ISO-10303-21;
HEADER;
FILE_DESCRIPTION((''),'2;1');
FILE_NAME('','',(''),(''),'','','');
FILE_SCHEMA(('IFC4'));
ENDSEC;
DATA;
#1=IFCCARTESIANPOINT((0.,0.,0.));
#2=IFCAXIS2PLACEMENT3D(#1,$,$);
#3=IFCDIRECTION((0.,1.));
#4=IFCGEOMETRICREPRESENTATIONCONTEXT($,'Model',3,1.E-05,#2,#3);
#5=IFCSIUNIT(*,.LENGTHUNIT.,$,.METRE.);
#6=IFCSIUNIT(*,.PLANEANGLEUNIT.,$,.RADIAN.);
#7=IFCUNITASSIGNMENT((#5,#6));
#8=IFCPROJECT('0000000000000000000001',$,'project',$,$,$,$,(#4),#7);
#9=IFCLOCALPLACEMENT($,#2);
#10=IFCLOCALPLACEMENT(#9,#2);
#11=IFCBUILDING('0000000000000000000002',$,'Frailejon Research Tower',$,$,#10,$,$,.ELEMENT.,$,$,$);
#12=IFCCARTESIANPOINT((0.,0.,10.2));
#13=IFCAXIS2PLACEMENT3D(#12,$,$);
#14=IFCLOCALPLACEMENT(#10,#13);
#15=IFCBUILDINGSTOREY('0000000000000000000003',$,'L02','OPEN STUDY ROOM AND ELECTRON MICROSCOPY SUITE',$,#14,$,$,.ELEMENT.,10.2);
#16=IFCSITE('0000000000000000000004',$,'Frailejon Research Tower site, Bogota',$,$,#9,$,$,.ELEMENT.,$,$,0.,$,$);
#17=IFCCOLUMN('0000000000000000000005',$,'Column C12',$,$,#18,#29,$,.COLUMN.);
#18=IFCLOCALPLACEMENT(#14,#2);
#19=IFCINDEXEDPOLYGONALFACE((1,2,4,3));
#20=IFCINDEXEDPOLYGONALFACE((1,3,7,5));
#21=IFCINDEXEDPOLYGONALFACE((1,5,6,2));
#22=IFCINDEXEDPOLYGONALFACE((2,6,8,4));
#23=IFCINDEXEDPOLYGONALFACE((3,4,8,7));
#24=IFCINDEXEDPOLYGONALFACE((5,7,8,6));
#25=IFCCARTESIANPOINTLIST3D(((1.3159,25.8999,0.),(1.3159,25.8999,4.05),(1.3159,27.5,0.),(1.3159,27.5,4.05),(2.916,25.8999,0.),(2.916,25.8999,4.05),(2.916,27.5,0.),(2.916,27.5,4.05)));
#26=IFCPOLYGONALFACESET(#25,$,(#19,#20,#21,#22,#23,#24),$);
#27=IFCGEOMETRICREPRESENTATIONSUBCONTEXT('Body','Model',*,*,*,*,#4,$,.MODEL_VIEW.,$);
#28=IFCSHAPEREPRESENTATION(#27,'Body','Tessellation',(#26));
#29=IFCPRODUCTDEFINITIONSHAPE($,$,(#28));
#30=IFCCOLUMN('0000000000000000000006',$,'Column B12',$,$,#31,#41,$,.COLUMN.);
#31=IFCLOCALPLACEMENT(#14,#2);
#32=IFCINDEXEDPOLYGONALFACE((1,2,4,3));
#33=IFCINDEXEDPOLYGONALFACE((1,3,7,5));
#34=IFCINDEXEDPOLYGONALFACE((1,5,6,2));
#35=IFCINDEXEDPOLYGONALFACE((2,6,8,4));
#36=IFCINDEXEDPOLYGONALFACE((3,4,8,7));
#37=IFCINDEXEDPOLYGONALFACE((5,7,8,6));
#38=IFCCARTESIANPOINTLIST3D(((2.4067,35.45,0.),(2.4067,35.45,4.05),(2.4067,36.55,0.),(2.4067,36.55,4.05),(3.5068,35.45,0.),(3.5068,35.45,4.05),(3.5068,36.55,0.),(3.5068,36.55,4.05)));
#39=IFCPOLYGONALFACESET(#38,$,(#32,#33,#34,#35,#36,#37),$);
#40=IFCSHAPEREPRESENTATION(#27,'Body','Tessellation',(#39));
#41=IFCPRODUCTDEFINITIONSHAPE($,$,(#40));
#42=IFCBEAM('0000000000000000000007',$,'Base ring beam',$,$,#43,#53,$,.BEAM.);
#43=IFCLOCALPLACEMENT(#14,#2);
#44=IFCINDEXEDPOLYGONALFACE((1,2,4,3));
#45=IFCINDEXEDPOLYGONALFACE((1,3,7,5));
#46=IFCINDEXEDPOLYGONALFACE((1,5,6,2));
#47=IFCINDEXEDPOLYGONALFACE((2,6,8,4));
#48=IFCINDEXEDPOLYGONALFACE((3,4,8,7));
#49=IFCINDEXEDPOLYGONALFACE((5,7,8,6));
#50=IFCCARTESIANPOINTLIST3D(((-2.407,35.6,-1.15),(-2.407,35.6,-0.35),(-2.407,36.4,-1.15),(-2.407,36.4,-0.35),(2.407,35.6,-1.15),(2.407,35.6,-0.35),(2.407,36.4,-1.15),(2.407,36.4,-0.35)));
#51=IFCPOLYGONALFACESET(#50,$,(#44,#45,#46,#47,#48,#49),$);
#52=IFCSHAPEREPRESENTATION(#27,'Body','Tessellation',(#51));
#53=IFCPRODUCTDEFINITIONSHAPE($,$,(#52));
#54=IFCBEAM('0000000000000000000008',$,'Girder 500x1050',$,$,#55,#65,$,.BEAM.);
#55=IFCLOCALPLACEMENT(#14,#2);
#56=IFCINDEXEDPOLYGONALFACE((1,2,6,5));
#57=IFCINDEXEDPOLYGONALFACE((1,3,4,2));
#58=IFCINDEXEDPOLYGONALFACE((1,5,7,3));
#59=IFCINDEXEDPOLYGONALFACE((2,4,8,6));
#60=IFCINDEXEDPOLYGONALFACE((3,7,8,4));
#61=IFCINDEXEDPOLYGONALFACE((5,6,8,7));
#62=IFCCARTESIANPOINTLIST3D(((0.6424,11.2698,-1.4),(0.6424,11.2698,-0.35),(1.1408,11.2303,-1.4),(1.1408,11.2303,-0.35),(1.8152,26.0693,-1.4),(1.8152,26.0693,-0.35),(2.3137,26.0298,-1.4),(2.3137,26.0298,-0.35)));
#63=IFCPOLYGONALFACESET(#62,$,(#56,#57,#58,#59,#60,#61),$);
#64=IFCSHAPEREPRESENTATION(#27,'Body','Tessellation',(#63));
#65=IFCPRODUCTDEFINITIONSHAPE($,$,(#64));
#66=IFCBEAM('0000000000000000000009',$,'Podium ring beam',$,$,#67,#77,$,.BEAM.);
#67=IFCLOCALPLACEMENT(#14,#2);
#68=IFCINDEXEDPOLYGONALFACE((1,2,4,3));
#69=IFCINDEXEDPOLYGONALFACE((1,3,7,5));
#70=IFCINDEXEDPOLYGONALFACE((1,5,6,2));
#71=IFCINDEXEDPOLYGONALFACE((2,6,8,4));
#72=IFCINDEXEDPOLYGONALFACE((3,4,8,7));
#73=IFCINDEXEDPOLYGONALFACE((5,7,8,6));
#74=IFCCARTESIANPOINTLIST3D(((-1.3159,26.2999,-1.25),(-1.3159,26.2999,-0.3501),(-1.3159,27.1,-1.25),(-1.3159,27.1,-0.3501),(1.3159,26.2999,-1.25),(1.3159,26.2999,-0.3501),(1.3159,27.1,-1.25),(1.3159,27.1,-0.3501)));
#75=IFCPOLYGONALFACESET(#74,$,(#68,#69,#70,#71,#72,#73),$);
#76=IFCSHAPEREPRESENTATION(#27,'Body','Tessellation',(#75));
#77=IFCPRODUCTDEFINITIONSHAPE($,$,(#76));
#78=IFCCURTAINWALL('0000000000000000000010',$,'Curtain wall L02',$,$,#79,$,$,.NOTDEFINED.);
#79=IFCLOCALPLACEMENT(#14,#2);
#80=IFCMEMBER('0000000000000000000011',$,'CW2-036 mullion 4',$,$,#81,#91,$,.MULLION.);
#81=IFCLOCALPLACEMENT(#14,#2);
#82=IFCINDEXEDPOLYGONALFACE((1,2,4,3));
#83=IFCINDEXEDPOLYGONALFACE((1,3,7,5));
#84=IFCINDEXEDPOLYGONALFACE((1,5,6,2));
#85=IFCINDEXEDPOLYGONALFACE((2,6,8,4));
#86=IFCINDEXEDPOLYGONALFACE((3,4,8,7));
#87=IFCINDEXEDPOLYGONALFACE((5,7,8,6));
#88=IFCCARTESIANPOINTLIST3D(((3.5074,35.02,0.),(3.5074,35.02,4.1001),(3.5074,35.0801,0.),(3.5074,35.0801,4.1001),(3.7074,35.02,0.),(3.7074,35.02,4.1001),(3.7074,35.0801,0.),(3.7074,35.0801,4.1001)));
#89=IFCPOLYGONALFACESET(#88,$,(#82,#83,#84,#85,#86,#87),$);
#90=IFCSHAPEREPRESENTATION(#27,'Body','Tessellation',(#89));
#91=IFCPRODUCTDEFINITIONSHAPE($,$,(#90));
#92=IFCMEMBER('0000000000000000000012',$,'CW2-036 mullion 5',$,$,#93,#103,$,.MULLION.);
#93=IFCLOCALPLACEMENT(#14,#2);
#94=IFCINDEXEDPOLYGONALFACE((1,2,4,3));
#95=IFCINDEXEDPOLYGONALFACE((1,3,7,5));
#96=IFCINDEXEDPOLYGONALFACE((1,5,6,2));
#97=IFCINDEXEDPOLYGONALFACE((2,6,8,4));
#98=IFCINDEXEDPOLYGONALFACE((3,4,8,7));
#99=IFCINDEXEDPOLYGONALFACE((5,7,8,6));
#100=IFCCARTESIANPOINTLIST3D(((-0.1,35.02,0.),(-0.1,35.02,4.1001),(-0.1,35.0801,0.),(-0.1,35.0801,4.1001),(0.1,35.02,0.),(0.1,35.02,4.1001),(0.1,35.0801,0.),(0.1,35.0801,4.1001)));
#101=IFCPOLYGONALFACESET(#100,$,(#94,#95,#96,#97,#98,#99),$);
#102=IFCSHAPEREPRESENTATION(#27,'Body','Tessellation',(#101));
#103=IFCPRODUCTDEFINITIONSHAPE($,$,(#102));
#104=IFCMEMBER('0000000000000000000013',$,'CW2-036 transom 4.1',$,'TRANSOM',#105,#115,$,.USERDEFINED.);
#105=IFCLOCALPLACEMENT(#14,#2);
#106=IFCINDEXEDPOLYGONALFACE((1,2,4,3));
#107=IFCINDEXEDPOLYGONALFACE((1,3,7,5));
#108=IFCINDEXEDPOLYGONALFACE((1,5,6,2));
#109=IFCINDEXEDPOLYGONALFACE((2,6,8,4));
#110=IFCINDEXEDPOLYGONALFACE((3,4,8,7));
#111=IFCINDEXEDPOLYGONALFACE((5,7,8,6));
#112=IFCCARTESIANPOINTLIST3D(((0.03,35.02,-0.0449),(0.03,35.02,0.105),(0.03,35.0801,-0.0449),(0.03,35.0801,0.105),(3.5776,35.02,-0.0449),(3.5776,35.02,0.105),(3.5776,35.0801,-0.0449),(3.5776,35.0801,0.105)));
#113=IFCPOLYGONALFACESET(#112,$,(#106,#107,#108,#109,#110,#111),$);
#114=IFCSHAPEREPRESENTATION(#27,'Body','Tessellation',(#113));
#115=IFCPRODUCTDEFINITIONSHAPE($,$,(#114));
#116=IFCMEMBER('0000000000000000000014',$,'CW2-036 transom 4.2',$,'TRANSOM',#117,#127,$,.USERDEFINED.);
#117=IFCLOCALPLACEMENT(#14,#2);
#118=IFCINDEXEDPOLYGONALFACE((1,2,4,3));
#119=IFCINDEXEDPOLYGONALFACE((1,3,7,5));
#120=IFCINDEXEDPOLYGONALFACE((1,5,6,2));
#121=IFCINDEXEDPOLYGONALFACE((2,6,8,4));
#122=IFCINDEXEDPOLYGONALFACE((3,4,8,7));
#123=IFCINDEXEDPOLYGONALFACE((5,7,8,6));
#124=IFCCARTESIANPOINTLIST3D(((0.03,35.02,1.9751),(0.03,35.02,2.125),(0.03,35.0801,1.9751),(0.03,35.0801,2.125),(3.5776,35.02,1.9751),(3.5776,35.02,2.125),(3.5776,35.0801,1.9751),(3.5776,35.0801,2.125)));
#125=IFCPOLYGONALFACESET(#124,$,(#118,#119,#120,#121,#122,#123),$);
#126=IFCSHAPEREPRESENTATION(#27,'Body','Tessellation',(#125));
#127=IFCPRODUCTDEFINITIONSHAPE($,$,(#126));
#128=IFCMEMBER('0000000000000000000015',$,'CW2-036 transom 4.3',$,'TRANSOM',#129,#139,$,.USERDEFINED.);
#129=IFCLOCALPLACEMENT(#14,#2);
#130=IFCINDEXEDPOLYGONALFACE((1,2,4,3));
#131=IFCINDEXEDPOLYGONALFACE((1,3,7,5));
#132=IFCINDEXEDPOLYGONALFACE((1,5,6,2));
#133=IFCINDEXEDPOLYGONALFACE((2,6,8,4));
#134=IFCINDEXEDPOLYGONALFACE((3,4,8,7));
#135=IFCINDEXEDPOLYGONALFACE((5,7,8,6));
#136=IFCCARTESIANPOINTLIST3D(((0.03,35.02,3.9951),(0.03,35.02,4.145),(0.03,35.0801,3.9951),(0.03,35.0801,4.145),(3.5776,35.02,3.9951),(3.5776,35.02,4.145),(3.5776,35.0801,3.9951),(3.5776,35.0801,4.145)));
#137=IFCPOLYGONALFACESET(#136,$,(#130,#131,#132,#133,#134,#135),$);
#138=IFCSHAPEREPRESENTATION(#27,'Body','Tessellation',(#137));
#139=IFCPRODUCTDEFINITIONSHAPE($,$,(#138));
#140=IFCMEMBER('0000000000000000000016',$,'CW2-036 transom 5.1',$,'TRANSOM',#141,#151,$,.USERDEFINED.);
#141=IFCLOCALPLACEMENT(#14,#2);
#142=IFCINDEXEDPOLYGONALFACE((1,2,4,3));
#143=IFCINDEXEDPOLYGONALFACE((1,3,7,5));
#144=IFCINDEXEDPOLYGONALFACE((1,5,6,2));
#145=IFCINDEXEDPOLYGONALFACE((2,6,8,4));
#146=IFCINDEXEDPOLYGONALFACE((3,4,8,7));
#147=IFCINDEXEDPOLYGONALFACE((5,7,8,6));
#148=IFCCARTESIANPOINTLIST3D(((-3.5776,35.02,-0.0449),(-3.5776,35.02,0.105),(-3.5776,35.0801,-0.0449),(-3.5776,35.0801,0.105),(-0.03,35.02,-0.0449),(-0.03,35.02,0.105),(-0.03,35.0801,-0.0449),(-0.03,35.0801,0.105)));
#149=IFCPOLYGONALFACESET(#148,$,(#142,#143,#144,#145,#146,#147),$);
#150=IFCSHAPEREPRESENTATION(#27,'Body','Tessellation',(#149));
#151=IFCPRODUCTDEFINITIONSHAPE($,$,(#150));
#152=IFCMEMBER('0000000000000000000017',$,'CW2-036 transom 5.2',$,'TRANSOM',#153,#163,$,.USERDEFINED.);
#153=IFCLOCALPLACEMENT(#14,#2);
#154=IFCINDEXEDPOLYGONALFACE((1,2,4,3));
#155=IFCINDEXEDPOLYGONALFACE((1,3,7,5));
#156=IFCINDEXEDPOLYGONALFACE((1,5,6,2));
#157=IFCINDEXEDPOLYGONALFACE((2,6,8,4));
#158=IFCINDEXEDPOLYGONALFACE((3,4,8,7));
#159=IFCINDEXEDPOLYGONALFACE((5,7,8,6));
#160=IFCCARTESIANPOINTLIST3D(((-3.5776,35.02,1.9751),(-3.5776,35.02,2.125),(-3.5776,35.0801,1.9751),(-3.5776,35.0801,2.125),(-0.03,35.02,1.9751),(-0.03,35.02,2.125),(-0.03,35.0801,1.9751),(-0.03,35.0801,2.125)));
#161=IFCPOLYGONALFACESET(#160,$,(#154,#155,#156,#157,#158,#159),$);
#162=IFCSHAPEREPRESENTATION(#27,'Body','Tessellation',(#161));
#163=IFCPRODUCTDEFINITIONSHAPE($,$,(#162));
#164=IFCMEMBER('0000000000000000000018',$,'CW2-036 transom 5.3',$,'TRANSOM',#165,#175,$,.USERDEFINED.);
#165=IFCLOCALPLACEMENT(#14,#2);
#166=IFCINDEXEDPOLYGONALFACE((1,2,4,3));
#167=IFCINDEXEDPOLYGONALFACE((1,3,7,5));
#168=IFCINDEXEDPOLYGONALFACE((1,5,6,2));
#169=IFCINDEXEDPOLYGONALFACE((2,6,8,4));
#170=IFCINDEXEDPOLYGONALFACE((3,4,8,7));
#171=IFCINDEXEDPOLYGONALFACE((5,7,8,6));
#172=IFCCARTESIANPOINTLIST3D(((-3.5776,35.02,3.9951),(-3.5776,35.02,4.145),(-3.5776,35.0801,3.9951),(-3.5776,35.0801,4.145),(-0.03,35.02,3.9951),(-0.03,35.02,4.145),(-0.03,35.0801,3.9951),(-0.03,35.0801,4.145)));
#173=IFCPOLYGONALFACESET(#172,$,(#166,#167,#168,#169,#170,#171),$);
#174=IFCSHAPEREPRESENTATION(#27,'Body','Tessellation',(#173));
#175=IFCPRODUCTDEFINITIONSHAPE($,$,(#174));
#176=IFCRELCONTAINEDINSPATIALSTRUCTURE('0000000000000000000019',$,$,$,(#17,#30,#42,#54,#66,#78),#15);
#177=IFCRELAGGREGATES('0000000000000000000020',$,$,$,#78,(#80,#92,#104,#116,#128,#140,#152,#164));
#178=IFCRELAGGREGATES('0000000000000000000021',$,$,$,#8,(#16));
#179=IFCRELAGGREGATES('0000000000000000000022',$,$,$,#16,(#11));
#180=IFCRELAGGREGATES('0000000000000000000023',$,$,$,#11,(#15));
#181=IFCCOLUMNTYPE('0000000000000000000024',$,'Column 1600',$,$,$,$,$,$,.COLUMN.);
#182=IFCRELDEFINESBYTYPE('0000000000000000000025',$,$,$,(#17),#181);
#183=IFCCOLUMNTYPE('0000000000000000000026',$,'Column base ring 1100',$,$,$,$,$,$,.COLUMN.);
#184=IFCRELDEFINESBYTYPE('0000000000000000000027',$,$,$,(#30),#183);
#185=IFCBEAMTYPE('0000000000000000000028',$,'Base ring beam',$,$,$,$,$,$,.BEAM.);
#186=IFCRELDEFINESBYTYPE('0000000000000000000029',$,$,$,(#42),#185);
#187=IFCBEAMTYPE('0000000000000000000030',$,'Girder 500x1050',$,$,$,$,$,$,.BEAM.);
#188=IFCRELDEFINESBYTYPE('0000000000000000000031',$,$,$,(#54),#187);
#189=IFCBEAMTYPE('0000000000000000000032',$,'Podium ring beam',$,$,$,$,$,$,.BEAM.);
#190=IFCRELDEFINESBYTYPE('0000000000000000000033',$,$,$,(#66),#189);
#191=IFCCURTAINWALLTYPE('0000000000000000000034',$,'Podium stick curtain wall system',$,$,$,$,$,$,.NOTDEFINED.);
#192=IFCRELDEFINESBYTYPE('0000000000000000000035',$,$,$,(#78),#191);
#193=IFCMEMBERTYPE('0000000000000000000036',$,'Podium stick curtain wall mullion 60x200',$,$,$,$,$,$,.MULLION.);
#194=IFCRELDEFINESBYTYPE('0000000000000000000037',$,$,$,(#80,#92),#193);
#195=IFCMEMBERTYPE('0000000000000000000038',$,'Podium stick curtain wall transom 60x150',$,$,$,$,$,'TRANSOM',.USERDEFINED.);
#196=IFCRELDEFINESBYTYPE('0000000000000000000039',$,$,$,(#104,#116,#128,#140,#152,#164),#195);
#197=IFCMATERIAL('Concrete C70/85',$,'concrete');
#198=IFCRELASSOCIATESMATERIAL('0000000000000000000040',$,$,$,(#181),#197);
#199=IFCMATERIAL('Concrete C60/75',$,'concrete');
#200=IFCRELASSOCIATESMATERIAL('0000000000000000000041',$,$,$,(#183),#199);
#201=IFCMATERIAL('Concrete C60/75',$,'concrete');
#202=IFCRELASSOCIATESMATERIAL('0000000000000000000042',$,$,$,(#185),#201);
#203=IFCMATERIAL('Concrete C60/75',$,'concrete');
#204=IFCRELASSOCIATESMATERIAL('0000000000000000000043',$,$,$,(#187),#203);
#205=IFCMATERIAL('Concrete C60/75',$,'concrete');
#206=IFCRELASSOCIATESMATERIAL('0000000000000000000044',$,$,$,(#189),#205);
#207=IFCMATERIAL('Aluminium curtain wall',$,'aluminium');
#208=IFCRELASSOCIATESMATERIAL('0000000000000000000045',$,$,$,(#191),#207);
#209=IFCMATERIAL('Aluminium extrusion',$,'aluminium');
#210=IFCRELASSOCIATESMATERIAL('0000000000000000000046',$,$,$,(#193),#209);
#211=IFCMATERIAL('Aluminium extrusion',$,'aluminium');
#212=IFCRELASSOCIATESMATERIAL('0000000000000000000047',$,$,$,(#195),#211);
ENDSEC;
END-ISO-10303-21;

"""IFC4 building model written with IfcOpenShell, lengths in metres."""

from ifc_helpers import new_model, si_unit, direction, frame, origin, origin_2d, place, context, subcontext, project, spatial, rectangle, extrude, material, material_profile, profile_set, type_object, element, aggregate, save


model = new_model("IFC4")

# Units and contexts
model_context = context("Model", 3, precision=1e-05, world=origin(), true_north=direction((0.0, 1.0)))
body_context = subcontext(model_context, "Body", "Model", "MODEL_VIEW")
ifc_project = project(units=[si_unit("LENGTHUNIT", "METRE"), si_unit("PLANEANGLEUNIT", "RADIAN")], contexts=[model_context])

# Site, building, storey
site_placement = place(None, origin())
site = spatial("IfcSite", under=ifc_project, at=site_placement, Name="Frailejon Research Tower site, Bogota", CompositionType="ELEMENT", RefElevation=0.0)
building_placement = place(site_placement, origin())
building = spatial("IfcBuilding", under=site, at=building_placement, Name="Frailejon Research Tower", CompositionType="ELEMENT")
storey_placement = place(building_placement, frame((0.0, 0.0, 10.2)))
storey = spatial("IfcBuildingStorey", under=building, at=storey_placement, Name="L02", Description="OPEN STUDY ROOM AND ELECTRON MICROSCOPY SUITE", CompositionType="ELEMENT", Elevation=10.2)

# Columns
ifc_material_1 = material(Name="Concrete C70/85", Category="concrete")
ifc_material_profile_1 = material_profile(ifc_material_1, rectangle(XDim=1.6001, YDim=1.6001, at=origin_2d()), Name="Column 1600")
ifc_profile_set_1 = profile_set([ifc_material_profile_1], Name="Concrete C70/85")
column_type_1 = type_object("IfcColumnType", Name="Column 1600", PredefinedType="COLUMN", material=ifc_profile_set_1)
column_1_placement = place(storey_placement, frame((2.116, 26.7, 0.0), z_axis=(0.0, 0.0, 1.0), x_axis=(-1.0, 0.0, 0.0)))
element("IfcColumn", 1, at=column_1_placement, inside=storey, type_object=column_type_1, Name="Column C12", PredefinedType="COLUMN", context=body_context, shape_type="SweptSolid", body=[
    extrude(rectangle(XDim=1.6001, YDim=1.6001, at=origin_2d()), origin(), (0.0, 0.0, 1.0), 4.05),
])
ifc_material_2 = material(Name="Concrete C60/75", Category="concrete")
ifc_material_profile_2 = material_profile(ifc_material_2, rectangle(XDim=1.1001, YDim=1.1001, at=origin_2d()), Name="Column base ring 1100")
ifc_profile_set_2 = profile_set([ifc_material_profile_2], Name="Concrete C60/75")
column_type_2 = type_object("IfcColumnType", Name="Column base ring 1100", PredefinedType="COLUMN", material=ifc_profile_set_2)
column_2_placement = place(storey_placement, frame((2.9568, 36.0, 0.0), z_axis=(0.0, 0.0, 1.0), x_axis=(-1.0, 0.0, 0.0)))
element("IfcColumn", 2, at=column_2_placement, inside=storey, type_object=column_type_2, Name="Column B12", PredefinedType="COLUMN", context=body_context, shape_type="SweptSolid", body=[
    extrude(rectangle(XDim=1.1001, YDim=1.1001, at=origin_2d()), origin(), (0.0, 0.0, 1.0), 4.05),
])

# Beams
ifc_material_3 = material(Name="Concrete C60/75", Category="concrete")
ifc_material_profile_3 = material_profile(ifc_material_3, rectangle(XDim=0.8, YDim=0.8, at=origin_2d()), Name="Base ring beam")
ifc_profile_set_3 = profile_set([ifc_material_profile_3], Name="Concrete C60/75")
beam_type_1 = type_object("IfcBeamType", Name="Base ring beam", PredefinedType="BEAM", material=ifc_profile_set_3)
beam_1_placement = place(storey_placement, frame((2.407, 36.0, -0.75), z_axis=(-1.0, 0.0, 0.0), x_axis=(0.0, -1.0, 0.0)))
element("IfcBeam", 3, at=beam_1_placement, inside=storey, type_object=beam_type_1, Name="Base ring beam", PredefinedType="BEAM", context=body_context, shape_type="SweptSolid", body=[
    extrude(rectangle(XDim=0.8, YDim=0.8, at=origin_2d()), origin(), (0.0, 0.0, 1.0), 4.814),
])
ifc_material_4 = material(Name="Concrete C60/75", Category="concrete")
ifc_material_profile_4 = material_profile(ifc_material_4, rectangle(XDim=0.5, YDim=1.05, at=origin_2d()), Name="Girder 500x1050")
ifc_profile_set_4 = profile_set([ifc_material_profile_4], Name="Concrete C60/75")
beam_type_2 = type_object("IfcBeamType", Name="Girder 500x1050", PredefinedType="BEAM", material=ifc_profile_set_4)
beam_2_placement = place(storey_placement, frame((2.0645, 26.0496, -0.875), z_axis=(-0.079001, -0.996875, 0.0), x_axis=(0.996875, -0.079001, 0.0)))
element("IfcBeam", 4, at=beam_2_placement, inside=storey, type_object=beam_type_2, Name="Girder 500x1050", PredefinedType="BEAM", context=body_context, shape_type="SweptSolid", body=[
    extrude(rectangle(XDim=0.5, YDim=1.05, at=origin_2d()), origin(), (0.0, 0.0, 1.0), 14.8459),
])
ifc_material_5 = material(Name="Concrete C60/75", Category="concrete")
ifc_material_profile_5 = material_profile(ifc_material_5, rectangle(XDim=0.8, YDim=0.8999, at=origin_2d()), Name="Podium ring beam")
ifc_profile_set_5 = profile_set([ifc_material_profile_5], Name="Concrete C60/75")
beam_type_3 = type_object("IfcBeamType", Name="Podium ring beam", PredefinedType="BEAM", material=ifc_profile_set_5)
beam_3_placement = place(storey_placement, frame((1.3159, 26.7, -0.8), z_axis=(-1.0, 0.0, 0.0), x_axis=(0.0, -1.0, 0.0)))
element("IfcBeam", 5, at=beam_3_placement, inside=storey, type_object=beam_type_3, Name="Podium ring beam", PredefinedType="BEAM", context=body_context, shape_type="SweptSolid", body=[
    extrude(rectangle(XDim=0.8, YDim=0.8999, at=origin_2d()), origin(), (0.0, 0.0, 1.0), 2.6318),
])

# Curtain wall, members
ifc_material_6 = material(Name="Aluminium curtain wall", Category="aluminium")
curtain_wall_type = type_object("IfcCurtainWallType", Name="Podium stick curtain wall system", PredefinedType="NOTDEFINED", material=ifc_material_6)
curtain_wall_placement = place(storey_placement, origin())
curtain_wall = element("IfcCurtainWall", 6, at=curtain_wall_placement, inside=storey, type_object=curtain_wall_type, Name="Curtain wall L02", PredefinedType="NOTDEFINED")
ifc_material_7 = material(Name="Aluminium extrusion", Category="aluminium")
ifc_material_profile_6 = material_profile(ifc_material_7, rectangle(XDim=0.0601, YDim=0.2, at=origin_2d()), Name="Podium stick curtain wall mullion 60x200")
ifc_profile_set_6 = profile_set([ifc_material_profile_6], Name="Aluminium extrusion")
member_type_1 = type_object("IfcMemberType", Name="Podium stick curtain wall mullion 60x200", PredefinedType="MULLION", material=ifc_profile_set_6)
member_1_placement = place(storey_placement, frame((3.6074, 35.05, 0.0), z_axis=(0.0, 0.0, 1.0), x_axis=(0.0, -1.0, 0.0)))
member_1 = element("IfcMember", 7, at=member_1_placement, type_object=member_type_1, Name="CW2-036 mullion 4", PredefinedType="MULLION", context=body_context, shape_type="SweptSolid", body=[
    extrude(rectangle(XDim=0.0601, YDim=0.2, at=origin_2d()), origin(), (0.0, 0.0, 1.0), 4.1001),
])
member_2_placement = place(storey_placement, frame((0.0, 35.05, 0.0), z_axis=(0.0, 0.0, 1.0), x_axis=(0.0, -1.0, 0.0)))
member_2 = element("IfcMember", 8, at=member_2_placement, type_object=member_type_1, Name="CW2-036 mullion 5", PredefinedType="MULLION", context=body_context, shape_type="SweptSolid", body=[
    extrude(rectangle(XDim=0.0601, YDim=0.2, at=origin_2d()), origin(), (0.0, 0.0, 1.0), 4.1001),
])
ifc_material_8 = material(Name="Aluminium extrusion", Category="aluminium")
ifc_material_profile_7 = material_profile(ifc_material_8, rectangle(XDim=0.0601, YDim=0.1499, at=origin_2d()), Name="Podium stick curtain wall transom 60x150")
ifc_profile_set_7 = profile_set([ifc_material_profile_7], Name="Aluminium extrusion")
member_type_2 = type_object("IfcMemberType", Name="Podium stick curtain wall transom 60x150", ElementType="TRANSOM", PredefinedType="USERDEFINED", material=ifc_profile_set_7)
member_3_placement = place(storey_placement, frame((3.5776, 35.05, 0.03), z_axis=(-1.0, 0.0, 0.0), x_axis=(0.0, -1.0, 0.0)))
member_3 = element("IfcMember", 9, at=member_3_placement, type_object=member_type_2, Name="CW2-036 transom 4.1", ObjectType="TRANSOM", PredefinedType="USERDEFINED", context=body_context, shape_type="SweptSolid", body=[
    extrude(rectangle(XDim=0.0601, YDim=0.1499, at=origin_2d()), origin(), (0.0, 0.0, 1.0), 3.5476),
])
member_4_placement = place(storey_placement, frame((3.5776, 35.05, 2.05), z_axis=(-1.0, 0.0, 0.0), x_axis=(0.0, -1.0, 0.0)))
member_4 = element("IfcMember", 10, at=member_4_placement, type_object=member_type_2, Name="CW2-036 transom 4.2", ObjectType="TRANSOM", PredefinedType="USERDEFINED", context=body_context, shape_type="SweptSolid", body=[
    extrude(rectangle(XDim=0.0601, YDim=0.1499, at=origin_2d()), origin(), (0.0, 0.0, 1.0), 3.5476),
])
member_5_placement = place(storey_placement, frame((3.5776, 35.05, 4.0701), z_axis=(-1.0, 0.0, 0.0), x_axis=(0.0, -1.0, 0.0)))
member_5 = element("IfcMember", 11, at=member_5_placement, type_object=member_type_2, Name="CW2-036 transom 4.3", ObjectType="TRANSOM", PredefinedType="USERDEFINED", context=body_context, shape_type="SweptSolid", body=[
    extrude(rectangle(XDim=0.0601, YDim=0.1499, at=origin_2d()), origin(), (0.0, 0.0, 1.0), 3.5476),
])
member_6_placement = place(storey_placement, frame((-0.03, 35.05, 0.03), z_axis=(-1.0, 0.0, 0.0), x_axis=(0.0, -1.0, 0.0)))
member_6 = element("IfcMember", 12, at=member_6_placement, type_object=member_type_2, Name="CW2-036 transom 5.1", ObjectType="TRANSOM", PredefinedType="USERDEFINED", context=body_context, shape_type="SweptSolid", body=[
    extrude(rectangle(XDim=0.0601, YDim=0.1499, at=origin_2d()), origin(), (0.0, 0.0, 1.0), 3.5476),
])
member_7_placement = place(storey_placement, frame((-0.03, 35.05, 2.05), z_axis=(-1.0, 0.0, 0.0), x_axis=(0.0, -1.0, 0.0)))
member_7 = element("IfcMember", 13, at=member_7_placement, type_object=member_type_2, Name="CW2-036 transom 5.2", ObjectType="TRANSOM", PredefinedType="USERDEFINED", context=body_context, shape_type="SweptSolid", body=[
    extrude(rectangle(XDim=0.0601, YDim=0.1499, at=origin_2d()), origin(), (0.0, 0.0, 1.0), 3.5476),
])
member_8_placement = place(storey_placement, frame((-0.03, 35.05, 4.0701), z_axis=(-1.0, 0.0, 0.0), x_axis=(0.0, -1.0, 0.0)))
member_8 = element("IfcMember", 14, at=member_8_placement, type_object=member_type_2, Name="CW2-036 transom 5.3", ObjectType="TRANSOM", PredefinedType="USERDEFINED", context=body_context, shape_type="SweptSolid", body=[
    extrude(rectangle(XDim=0.0601, YDim=0.1499, at=origin_2d()), origin(), (0.0, 0.0, 1.0), 3.5476),
])
aggregate(curtain_wall, [member_1, member_2, member_3, member_4, member_5, member_6, member_7, member_8])

save(model, "model.ifc")
